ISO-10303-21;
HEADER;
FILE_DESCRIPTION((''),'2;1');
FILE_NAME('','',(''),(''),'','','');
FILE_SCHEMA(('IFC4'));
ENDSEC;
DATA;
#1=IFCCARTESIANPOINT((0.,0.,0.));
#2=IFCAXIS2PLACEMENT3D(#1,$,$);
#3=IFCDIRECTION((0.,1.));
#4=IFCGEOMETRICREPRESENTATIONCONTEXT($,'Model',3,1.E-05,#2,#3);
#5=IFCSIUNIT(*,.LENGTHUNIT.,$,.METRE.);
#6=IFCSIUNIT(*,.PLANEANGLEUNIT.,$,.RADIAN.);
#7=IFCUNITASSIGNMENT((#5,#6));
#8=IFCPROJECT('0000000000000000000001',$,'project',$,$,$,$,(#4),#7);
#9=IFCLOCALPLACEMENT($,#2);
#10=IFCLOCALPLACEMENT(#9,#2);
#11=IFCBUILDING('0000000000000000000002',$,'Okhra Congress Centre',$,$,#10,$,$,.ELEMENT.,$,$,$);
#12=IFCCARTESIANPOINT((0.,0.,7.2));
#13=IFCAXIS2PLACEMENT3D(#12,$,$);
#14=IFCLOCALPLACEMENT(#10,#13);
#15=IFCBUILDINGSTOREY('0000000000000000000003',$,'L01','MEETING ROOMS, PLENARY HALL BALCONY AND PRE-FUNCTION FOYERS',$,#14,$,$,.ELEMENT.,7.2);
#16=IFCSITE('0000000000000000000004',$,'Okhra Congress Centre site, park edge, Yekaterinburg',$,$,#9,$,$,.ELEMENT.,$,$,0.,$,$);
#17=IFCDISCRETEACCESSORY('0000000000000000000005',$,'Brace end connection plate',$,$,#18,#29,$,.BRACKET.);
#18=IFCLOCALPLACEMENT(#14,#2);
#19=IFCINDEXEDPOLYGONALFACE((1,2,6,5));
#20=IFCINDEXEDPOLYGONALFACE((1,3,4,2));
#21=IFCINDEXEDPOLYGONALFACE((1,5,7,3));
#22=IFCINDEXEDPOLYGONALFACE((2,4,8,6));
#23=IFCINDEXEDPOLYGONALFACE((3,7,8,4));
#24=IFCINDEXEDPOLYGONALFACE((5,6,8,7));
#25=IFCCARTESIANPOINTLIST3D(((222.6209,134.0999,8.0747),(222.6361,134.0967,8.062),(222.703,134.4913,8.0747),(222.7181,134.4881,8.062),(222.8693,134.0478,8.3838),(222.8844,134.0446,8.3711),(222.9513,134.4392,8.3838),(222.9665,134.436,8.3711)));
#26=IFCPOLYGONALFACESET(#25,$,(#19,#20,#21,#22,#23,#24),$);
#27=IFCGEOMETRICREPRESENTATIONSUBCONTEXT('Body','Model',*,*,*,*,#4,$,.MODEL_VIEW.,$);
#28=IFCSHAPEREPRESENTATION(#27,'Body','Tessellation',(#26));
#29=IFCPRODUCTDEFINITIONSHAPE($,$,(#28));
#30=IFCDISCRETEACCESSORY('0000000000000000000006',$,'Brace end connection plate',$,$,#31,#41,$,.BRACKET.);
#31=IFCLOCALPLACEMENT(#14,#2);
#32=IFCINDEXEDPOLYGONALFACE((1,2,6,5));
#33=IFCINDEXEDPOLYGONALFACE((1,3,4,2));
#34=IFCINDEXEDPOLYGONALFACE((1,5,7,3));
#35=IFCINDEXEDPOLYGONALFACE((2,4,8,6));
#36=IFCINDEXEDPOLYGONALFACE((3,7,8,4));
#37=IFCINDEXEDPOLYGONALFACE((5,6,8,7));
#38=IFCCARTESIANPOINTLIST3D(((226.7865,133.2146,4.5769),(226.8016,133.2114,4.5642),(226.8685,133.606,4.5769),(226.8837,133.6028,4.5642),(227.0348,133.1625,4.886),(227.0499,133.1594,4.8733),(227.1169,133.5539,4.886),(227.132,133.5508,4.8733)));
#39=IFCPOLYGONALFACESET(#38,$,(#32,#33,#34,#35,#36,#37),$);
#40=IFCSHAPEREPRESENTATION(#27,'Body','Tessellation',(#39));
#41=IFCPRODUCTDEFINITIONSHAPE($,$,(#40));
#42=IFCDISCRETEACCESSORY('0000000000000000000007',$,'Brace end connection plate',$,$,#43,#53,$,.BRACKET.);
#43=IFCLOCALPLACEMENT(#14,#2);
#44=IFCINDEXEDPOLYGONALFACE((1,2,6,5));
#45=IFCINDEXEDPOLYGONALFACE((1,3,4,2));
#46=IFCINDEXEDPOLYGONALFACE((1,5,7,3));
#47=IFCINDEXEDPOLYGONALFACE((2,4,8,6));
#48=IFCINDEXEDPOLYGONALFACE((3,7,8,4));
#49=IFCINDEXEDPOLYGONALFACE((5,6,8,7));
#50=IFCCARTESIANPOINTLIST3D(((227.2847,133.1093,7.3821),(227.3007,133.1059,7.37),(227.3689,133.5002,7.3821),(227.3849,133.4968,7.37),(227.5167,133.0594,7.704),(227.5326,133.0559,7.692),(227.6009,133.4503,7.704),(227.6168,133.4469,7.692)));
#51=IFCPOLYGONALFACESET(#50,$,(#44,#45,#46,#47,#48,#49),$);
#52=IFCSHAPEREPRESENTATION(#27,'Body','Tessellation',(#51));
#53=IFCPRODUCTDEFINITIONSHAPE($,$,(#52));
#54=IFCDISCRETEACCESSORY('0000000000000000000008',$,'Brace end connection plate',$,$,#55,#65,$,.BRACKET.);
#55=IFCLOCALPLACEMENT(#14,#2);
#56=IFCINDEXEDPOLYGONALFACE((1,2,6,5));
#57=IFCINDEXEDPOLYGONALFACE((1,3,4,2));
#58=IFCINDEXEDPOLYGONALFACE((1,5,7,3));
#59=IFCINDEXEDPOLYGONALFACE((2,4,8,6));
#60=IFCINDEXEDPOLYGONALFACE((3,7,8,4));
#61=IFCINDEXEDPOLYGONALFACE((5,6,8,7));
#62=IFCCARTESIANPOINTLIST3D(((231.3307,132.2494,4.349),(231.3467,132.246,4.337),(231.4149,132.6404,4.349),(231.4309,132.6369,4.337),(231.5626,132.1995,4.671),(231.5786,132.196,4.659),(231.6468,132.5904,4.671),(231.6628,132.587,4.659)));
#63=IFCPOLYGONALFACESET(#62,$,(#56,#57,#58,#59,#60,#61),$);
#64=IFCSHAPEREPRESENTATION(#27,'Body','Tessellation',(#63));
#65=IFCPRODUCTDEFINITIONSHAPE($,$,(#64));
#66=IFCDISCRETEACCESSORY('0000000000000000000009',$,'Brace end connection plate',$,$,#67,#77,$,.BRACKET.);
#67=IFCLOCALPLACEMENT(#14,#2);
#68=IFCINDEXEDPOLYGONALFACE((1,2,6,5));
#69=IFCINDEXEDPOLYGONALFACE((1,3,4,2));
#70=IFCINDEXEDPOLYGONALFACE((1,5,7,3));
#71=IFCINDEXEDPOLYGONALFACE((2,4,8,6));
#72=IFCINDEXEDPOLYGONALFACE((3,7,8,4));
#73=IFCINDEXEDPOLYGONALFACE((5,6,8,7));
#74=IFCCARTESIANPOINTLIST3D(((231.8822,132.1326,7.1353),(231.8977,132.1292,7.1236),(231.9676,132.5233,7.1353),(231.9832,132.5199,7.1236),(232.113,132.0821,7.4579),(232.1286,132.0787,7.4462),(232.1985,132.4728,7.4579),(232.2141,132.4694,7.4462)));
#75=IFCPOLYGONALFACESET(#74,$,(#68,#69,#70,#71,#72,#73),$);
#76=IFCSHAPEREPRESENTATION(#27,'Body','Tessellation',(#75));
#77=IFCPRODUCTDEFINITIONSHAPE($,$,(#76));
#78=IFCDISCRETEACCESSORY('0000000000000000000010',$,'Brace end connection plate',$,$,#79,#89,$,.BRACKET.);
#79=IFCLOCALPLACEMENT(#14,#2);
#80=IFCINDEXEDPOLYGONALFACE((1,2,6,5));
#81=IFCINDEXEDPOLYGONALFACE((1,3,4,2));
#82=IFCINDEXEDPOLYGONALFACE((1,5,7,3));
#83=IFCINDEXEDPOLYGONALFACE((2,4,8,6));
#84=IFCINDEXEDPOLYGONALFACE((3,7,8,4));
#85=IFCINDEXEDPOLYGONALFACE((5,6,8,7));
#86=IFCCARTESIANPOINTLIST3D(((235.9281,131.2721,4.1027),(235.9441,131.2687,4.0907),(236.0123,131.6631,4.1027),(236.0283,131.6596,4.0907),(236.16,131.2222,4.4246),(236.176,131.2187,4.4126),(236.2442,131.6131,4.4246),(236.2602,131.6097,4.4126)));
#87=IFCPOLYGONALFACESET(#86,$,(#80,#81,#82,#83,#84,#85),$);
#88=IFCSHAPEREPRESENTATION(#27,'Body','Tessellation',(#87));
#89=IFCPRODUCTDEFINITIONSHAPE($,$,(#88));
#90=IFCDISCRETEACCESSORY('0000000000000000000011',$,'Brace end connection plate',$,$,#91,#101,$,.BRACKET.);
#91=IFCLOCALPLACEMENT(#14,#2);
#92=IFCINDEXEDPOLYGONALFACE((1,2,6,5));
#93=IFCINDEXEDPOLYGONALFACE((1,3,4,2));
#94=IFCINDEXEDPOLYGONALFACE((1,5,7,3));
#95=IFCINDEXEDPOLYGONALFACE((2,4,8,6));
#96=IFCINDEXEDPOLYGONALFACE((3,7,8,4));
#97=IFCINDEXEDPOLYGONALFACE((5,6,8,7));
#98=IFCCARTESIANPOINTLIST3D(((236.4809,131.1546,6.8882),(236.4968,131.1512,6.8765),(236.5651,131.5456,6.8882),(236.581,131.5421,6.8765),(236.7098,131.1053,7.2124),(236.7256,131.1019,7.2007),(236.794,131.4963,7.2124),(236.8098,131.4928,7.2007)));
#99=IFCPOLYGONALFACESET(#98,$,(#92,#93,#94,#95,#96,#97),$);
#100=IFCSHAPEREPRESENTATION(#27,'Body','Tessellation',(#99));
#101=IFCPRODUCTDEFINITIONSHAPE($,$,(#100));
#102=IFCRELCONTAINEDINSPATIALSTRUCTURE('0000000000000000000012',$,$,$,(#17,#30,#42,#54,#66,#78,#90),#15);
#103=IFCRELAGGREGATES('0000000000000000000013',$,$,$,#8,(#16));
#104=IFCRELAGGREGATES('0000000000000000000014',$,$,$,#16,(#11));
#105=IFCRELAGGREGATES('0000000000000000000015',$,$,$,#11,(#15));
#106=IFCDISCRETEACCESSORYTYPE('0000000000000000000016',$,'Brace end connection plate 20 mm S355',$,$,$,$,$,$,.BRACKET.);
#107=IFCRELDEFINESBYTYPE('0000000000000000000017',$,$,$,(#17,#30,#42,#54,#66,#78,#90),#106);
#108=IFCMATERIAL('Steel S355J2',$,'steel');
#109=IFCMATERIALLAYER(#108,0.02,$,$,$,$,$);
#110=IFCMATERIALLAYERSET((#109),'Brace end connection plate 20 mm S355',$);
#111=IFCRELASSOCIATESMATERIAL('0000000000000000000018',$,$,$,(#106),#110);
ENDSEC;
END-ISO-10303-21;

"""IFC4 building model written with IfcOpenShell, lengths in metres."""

from ifc_helpers import new_model, si_unit, direction, frame, origin, origin_2d, place, context, subcontext, project, spatial, rectangle, extrude, material, layer, layer_set, type_object, element, save


model = new_model("IFC4")

# Units and contexts
model_context = context("Model", 3, precision=1e-05, world=origin(), true_north=direction((0.0, 1.0)))
body_context = subcontext(model_context, "Body", "Model", "MODEL_VIEW")
ifc_project = project(units=[si_unit("LENGTHUNIT", "METRE"), si_unit("PLANEANGLEUNIT", "RADIAN")], contexts=[model_context])

# Site, building, storey
site_placement = place(None, origin())
site = spatial("IfcSite", under=ifc_project, at=site_placement, Name="Okhra Congress Centre site, park edge, Yekaterinburg", CompositionType="ELEMENT", RefElevation=0.0)
building_placement = place(site_placement, origin())
building = spatial("IfcBuilding", under=site, at=building_placement, Name="Okhra Congress Centre", CompositionType="ELEMENT")
storey_placement = place(building_placement, frame((0.0, 0.0, 7.2)))
storey = spatial("IfcBuildingStorey", under=building, at=storey_placement, Name="L01", Description="MEETING ROOMS, PLENARY HALL BALCONY AND PRE-FUNCTION FOYERS", CompositionType="ELEMENT", Elevation=7.2)

# Shared definitions
ifc_material_1 = material(Name="Steel S355J2", Category="steel")

# Discrete accessories
ifc_layer_1 = layer(ifc_material_1, 0.02)
ifc_layer_set_1 = layer_set([ifc_layer_1], Name="Brace end connection plate 20 mm S355")
discrete_accessory_type = type_object("IfcDiscreteAccessoryType", Name="Brace end connection plate 20 mm S355", PredefinedType="BRACKET", material=ifc_layer_set_1)
for number, where, z_axis, x_axis, name in (
    (1, (222.8013, 134.2664, 8.2166), (-0.756491, 0.158619, 0.634477), (-0.205215, -0.978717, 0.0), "Brace end connection plate"),
    (2, (226.9517, 133.3843, 4.7314), (0.756491, -0.158619, -0.634477), (0.205215, 0.978717, 0.0), "Brace end connection plate"),
):
    element("IfcDiscreteAccessory", number, at=place(storey_placement, frame(where, z_axis=z_axis, x_axis=x_axis)), inside=storey, type_object=discrete_accessory_type, Name=name, PredefinedType="BRACKET", context=body_context, shape_type="SweptSolid", body=[
        extrude(rectangle(XDim=0.3999, YDim=0.3999, at=origin_2d()), origin(), (0.0, 0.0, 1.0), 0.02),
    ])
for number, where, z_axis, x_axis, name in (
    (3, (227.4587, 133.2764, 7.531), (-0.786969, 0.169501, 0.593253), (-0.210556, -0.977582, 0.0), "Brace end connection plate"),
    (4, (231.4888, 132.4199, 4.51), (0.786969, -0.169501, -0.593253), (0.210556, 0.977582, 0.0), "Brace end connection plate"),
):
    element("IfcDiscreteAccessory", number, at=place(storey_placement, frame(where, z_axis=z_axis, x_axis=x_axis)), inside=storey, type_object=discrete_accessory_type, Name=name, PredefinedType="BRACKET", context=body_context, shape_type="SweptSolid", body=[
        extrude(rectangle(XDim=0.3999, YDim=0.3999, at=origin_2d()), origin(), (0.0, 0.0, 1.0), 0.0203),
    ])
discrete_accessory_1_placement = place(storey_placement, frame((232.0559, 132.2993, 7.2849), z_axis=(-0.788024, 0.17238, 0.591018), x_axis=(-0.213697, -0.9769, 0.0)))
element("IfcDiscreteAccessory", 5, at=discrete_accessory_1_placement, inside=storey, type_object=discrete_accessory_type, Name="Brace end connection plate", PredefinedType="BRACKET", context=body_context, shape_type="SweptSolid", body=[
    extrude(rectangle(XDim=0.3999, YDim=0.3999, at=origin_2d()), origin(), (0.0, 0.0, 1.0), 0.0198),
])
discrete_accessory_2_placement = place(storey_placement, frame((236.0862, 131.4426, 4.2637), z_axis=(0.786969, -0.169501, -0.593253), x_axis=(0.210556, 0.977582, 0.0)))
element("IfcDiscreteAccessory", 6, at=discrete_accessory_2_placement, inside=storey, type_object=discrete_accessory_type, Name="Brace end connection plate", PredefinedType="BRACKET", context=body_context, shape_type="SweptSolid", body=[
    extrude(rectangle(XDim=0.3999, YDim=0.3999, at=origin_2d()), origin(), (0.0, 0.0, 1.0), 0.0203),
])
discrete_accessory_3_placement = place(storey_placement, frame((236.6533, 131.322, 7.0386), z_axis=(-0.792624, 0.170719, 0.585322), x_axis=(-0.210556, -0.977582, 0.0)))
element("IfcDiscreteAccessory", 7, at=discrete_accessory_3_placement, inside=storey, type_object=discrete_accessory_type, Name="Brace end connection plate", PredefinedType="BRACKET", context=body_context, shape_type="SweptSolid", body=[
    extrude(rectangle(XDim=0.3999, YDim=0.3999, at=origin_2d()), origin(), (0.0, 0.0, 1.0), 0.02),
])

save(model, "model.ifc")
